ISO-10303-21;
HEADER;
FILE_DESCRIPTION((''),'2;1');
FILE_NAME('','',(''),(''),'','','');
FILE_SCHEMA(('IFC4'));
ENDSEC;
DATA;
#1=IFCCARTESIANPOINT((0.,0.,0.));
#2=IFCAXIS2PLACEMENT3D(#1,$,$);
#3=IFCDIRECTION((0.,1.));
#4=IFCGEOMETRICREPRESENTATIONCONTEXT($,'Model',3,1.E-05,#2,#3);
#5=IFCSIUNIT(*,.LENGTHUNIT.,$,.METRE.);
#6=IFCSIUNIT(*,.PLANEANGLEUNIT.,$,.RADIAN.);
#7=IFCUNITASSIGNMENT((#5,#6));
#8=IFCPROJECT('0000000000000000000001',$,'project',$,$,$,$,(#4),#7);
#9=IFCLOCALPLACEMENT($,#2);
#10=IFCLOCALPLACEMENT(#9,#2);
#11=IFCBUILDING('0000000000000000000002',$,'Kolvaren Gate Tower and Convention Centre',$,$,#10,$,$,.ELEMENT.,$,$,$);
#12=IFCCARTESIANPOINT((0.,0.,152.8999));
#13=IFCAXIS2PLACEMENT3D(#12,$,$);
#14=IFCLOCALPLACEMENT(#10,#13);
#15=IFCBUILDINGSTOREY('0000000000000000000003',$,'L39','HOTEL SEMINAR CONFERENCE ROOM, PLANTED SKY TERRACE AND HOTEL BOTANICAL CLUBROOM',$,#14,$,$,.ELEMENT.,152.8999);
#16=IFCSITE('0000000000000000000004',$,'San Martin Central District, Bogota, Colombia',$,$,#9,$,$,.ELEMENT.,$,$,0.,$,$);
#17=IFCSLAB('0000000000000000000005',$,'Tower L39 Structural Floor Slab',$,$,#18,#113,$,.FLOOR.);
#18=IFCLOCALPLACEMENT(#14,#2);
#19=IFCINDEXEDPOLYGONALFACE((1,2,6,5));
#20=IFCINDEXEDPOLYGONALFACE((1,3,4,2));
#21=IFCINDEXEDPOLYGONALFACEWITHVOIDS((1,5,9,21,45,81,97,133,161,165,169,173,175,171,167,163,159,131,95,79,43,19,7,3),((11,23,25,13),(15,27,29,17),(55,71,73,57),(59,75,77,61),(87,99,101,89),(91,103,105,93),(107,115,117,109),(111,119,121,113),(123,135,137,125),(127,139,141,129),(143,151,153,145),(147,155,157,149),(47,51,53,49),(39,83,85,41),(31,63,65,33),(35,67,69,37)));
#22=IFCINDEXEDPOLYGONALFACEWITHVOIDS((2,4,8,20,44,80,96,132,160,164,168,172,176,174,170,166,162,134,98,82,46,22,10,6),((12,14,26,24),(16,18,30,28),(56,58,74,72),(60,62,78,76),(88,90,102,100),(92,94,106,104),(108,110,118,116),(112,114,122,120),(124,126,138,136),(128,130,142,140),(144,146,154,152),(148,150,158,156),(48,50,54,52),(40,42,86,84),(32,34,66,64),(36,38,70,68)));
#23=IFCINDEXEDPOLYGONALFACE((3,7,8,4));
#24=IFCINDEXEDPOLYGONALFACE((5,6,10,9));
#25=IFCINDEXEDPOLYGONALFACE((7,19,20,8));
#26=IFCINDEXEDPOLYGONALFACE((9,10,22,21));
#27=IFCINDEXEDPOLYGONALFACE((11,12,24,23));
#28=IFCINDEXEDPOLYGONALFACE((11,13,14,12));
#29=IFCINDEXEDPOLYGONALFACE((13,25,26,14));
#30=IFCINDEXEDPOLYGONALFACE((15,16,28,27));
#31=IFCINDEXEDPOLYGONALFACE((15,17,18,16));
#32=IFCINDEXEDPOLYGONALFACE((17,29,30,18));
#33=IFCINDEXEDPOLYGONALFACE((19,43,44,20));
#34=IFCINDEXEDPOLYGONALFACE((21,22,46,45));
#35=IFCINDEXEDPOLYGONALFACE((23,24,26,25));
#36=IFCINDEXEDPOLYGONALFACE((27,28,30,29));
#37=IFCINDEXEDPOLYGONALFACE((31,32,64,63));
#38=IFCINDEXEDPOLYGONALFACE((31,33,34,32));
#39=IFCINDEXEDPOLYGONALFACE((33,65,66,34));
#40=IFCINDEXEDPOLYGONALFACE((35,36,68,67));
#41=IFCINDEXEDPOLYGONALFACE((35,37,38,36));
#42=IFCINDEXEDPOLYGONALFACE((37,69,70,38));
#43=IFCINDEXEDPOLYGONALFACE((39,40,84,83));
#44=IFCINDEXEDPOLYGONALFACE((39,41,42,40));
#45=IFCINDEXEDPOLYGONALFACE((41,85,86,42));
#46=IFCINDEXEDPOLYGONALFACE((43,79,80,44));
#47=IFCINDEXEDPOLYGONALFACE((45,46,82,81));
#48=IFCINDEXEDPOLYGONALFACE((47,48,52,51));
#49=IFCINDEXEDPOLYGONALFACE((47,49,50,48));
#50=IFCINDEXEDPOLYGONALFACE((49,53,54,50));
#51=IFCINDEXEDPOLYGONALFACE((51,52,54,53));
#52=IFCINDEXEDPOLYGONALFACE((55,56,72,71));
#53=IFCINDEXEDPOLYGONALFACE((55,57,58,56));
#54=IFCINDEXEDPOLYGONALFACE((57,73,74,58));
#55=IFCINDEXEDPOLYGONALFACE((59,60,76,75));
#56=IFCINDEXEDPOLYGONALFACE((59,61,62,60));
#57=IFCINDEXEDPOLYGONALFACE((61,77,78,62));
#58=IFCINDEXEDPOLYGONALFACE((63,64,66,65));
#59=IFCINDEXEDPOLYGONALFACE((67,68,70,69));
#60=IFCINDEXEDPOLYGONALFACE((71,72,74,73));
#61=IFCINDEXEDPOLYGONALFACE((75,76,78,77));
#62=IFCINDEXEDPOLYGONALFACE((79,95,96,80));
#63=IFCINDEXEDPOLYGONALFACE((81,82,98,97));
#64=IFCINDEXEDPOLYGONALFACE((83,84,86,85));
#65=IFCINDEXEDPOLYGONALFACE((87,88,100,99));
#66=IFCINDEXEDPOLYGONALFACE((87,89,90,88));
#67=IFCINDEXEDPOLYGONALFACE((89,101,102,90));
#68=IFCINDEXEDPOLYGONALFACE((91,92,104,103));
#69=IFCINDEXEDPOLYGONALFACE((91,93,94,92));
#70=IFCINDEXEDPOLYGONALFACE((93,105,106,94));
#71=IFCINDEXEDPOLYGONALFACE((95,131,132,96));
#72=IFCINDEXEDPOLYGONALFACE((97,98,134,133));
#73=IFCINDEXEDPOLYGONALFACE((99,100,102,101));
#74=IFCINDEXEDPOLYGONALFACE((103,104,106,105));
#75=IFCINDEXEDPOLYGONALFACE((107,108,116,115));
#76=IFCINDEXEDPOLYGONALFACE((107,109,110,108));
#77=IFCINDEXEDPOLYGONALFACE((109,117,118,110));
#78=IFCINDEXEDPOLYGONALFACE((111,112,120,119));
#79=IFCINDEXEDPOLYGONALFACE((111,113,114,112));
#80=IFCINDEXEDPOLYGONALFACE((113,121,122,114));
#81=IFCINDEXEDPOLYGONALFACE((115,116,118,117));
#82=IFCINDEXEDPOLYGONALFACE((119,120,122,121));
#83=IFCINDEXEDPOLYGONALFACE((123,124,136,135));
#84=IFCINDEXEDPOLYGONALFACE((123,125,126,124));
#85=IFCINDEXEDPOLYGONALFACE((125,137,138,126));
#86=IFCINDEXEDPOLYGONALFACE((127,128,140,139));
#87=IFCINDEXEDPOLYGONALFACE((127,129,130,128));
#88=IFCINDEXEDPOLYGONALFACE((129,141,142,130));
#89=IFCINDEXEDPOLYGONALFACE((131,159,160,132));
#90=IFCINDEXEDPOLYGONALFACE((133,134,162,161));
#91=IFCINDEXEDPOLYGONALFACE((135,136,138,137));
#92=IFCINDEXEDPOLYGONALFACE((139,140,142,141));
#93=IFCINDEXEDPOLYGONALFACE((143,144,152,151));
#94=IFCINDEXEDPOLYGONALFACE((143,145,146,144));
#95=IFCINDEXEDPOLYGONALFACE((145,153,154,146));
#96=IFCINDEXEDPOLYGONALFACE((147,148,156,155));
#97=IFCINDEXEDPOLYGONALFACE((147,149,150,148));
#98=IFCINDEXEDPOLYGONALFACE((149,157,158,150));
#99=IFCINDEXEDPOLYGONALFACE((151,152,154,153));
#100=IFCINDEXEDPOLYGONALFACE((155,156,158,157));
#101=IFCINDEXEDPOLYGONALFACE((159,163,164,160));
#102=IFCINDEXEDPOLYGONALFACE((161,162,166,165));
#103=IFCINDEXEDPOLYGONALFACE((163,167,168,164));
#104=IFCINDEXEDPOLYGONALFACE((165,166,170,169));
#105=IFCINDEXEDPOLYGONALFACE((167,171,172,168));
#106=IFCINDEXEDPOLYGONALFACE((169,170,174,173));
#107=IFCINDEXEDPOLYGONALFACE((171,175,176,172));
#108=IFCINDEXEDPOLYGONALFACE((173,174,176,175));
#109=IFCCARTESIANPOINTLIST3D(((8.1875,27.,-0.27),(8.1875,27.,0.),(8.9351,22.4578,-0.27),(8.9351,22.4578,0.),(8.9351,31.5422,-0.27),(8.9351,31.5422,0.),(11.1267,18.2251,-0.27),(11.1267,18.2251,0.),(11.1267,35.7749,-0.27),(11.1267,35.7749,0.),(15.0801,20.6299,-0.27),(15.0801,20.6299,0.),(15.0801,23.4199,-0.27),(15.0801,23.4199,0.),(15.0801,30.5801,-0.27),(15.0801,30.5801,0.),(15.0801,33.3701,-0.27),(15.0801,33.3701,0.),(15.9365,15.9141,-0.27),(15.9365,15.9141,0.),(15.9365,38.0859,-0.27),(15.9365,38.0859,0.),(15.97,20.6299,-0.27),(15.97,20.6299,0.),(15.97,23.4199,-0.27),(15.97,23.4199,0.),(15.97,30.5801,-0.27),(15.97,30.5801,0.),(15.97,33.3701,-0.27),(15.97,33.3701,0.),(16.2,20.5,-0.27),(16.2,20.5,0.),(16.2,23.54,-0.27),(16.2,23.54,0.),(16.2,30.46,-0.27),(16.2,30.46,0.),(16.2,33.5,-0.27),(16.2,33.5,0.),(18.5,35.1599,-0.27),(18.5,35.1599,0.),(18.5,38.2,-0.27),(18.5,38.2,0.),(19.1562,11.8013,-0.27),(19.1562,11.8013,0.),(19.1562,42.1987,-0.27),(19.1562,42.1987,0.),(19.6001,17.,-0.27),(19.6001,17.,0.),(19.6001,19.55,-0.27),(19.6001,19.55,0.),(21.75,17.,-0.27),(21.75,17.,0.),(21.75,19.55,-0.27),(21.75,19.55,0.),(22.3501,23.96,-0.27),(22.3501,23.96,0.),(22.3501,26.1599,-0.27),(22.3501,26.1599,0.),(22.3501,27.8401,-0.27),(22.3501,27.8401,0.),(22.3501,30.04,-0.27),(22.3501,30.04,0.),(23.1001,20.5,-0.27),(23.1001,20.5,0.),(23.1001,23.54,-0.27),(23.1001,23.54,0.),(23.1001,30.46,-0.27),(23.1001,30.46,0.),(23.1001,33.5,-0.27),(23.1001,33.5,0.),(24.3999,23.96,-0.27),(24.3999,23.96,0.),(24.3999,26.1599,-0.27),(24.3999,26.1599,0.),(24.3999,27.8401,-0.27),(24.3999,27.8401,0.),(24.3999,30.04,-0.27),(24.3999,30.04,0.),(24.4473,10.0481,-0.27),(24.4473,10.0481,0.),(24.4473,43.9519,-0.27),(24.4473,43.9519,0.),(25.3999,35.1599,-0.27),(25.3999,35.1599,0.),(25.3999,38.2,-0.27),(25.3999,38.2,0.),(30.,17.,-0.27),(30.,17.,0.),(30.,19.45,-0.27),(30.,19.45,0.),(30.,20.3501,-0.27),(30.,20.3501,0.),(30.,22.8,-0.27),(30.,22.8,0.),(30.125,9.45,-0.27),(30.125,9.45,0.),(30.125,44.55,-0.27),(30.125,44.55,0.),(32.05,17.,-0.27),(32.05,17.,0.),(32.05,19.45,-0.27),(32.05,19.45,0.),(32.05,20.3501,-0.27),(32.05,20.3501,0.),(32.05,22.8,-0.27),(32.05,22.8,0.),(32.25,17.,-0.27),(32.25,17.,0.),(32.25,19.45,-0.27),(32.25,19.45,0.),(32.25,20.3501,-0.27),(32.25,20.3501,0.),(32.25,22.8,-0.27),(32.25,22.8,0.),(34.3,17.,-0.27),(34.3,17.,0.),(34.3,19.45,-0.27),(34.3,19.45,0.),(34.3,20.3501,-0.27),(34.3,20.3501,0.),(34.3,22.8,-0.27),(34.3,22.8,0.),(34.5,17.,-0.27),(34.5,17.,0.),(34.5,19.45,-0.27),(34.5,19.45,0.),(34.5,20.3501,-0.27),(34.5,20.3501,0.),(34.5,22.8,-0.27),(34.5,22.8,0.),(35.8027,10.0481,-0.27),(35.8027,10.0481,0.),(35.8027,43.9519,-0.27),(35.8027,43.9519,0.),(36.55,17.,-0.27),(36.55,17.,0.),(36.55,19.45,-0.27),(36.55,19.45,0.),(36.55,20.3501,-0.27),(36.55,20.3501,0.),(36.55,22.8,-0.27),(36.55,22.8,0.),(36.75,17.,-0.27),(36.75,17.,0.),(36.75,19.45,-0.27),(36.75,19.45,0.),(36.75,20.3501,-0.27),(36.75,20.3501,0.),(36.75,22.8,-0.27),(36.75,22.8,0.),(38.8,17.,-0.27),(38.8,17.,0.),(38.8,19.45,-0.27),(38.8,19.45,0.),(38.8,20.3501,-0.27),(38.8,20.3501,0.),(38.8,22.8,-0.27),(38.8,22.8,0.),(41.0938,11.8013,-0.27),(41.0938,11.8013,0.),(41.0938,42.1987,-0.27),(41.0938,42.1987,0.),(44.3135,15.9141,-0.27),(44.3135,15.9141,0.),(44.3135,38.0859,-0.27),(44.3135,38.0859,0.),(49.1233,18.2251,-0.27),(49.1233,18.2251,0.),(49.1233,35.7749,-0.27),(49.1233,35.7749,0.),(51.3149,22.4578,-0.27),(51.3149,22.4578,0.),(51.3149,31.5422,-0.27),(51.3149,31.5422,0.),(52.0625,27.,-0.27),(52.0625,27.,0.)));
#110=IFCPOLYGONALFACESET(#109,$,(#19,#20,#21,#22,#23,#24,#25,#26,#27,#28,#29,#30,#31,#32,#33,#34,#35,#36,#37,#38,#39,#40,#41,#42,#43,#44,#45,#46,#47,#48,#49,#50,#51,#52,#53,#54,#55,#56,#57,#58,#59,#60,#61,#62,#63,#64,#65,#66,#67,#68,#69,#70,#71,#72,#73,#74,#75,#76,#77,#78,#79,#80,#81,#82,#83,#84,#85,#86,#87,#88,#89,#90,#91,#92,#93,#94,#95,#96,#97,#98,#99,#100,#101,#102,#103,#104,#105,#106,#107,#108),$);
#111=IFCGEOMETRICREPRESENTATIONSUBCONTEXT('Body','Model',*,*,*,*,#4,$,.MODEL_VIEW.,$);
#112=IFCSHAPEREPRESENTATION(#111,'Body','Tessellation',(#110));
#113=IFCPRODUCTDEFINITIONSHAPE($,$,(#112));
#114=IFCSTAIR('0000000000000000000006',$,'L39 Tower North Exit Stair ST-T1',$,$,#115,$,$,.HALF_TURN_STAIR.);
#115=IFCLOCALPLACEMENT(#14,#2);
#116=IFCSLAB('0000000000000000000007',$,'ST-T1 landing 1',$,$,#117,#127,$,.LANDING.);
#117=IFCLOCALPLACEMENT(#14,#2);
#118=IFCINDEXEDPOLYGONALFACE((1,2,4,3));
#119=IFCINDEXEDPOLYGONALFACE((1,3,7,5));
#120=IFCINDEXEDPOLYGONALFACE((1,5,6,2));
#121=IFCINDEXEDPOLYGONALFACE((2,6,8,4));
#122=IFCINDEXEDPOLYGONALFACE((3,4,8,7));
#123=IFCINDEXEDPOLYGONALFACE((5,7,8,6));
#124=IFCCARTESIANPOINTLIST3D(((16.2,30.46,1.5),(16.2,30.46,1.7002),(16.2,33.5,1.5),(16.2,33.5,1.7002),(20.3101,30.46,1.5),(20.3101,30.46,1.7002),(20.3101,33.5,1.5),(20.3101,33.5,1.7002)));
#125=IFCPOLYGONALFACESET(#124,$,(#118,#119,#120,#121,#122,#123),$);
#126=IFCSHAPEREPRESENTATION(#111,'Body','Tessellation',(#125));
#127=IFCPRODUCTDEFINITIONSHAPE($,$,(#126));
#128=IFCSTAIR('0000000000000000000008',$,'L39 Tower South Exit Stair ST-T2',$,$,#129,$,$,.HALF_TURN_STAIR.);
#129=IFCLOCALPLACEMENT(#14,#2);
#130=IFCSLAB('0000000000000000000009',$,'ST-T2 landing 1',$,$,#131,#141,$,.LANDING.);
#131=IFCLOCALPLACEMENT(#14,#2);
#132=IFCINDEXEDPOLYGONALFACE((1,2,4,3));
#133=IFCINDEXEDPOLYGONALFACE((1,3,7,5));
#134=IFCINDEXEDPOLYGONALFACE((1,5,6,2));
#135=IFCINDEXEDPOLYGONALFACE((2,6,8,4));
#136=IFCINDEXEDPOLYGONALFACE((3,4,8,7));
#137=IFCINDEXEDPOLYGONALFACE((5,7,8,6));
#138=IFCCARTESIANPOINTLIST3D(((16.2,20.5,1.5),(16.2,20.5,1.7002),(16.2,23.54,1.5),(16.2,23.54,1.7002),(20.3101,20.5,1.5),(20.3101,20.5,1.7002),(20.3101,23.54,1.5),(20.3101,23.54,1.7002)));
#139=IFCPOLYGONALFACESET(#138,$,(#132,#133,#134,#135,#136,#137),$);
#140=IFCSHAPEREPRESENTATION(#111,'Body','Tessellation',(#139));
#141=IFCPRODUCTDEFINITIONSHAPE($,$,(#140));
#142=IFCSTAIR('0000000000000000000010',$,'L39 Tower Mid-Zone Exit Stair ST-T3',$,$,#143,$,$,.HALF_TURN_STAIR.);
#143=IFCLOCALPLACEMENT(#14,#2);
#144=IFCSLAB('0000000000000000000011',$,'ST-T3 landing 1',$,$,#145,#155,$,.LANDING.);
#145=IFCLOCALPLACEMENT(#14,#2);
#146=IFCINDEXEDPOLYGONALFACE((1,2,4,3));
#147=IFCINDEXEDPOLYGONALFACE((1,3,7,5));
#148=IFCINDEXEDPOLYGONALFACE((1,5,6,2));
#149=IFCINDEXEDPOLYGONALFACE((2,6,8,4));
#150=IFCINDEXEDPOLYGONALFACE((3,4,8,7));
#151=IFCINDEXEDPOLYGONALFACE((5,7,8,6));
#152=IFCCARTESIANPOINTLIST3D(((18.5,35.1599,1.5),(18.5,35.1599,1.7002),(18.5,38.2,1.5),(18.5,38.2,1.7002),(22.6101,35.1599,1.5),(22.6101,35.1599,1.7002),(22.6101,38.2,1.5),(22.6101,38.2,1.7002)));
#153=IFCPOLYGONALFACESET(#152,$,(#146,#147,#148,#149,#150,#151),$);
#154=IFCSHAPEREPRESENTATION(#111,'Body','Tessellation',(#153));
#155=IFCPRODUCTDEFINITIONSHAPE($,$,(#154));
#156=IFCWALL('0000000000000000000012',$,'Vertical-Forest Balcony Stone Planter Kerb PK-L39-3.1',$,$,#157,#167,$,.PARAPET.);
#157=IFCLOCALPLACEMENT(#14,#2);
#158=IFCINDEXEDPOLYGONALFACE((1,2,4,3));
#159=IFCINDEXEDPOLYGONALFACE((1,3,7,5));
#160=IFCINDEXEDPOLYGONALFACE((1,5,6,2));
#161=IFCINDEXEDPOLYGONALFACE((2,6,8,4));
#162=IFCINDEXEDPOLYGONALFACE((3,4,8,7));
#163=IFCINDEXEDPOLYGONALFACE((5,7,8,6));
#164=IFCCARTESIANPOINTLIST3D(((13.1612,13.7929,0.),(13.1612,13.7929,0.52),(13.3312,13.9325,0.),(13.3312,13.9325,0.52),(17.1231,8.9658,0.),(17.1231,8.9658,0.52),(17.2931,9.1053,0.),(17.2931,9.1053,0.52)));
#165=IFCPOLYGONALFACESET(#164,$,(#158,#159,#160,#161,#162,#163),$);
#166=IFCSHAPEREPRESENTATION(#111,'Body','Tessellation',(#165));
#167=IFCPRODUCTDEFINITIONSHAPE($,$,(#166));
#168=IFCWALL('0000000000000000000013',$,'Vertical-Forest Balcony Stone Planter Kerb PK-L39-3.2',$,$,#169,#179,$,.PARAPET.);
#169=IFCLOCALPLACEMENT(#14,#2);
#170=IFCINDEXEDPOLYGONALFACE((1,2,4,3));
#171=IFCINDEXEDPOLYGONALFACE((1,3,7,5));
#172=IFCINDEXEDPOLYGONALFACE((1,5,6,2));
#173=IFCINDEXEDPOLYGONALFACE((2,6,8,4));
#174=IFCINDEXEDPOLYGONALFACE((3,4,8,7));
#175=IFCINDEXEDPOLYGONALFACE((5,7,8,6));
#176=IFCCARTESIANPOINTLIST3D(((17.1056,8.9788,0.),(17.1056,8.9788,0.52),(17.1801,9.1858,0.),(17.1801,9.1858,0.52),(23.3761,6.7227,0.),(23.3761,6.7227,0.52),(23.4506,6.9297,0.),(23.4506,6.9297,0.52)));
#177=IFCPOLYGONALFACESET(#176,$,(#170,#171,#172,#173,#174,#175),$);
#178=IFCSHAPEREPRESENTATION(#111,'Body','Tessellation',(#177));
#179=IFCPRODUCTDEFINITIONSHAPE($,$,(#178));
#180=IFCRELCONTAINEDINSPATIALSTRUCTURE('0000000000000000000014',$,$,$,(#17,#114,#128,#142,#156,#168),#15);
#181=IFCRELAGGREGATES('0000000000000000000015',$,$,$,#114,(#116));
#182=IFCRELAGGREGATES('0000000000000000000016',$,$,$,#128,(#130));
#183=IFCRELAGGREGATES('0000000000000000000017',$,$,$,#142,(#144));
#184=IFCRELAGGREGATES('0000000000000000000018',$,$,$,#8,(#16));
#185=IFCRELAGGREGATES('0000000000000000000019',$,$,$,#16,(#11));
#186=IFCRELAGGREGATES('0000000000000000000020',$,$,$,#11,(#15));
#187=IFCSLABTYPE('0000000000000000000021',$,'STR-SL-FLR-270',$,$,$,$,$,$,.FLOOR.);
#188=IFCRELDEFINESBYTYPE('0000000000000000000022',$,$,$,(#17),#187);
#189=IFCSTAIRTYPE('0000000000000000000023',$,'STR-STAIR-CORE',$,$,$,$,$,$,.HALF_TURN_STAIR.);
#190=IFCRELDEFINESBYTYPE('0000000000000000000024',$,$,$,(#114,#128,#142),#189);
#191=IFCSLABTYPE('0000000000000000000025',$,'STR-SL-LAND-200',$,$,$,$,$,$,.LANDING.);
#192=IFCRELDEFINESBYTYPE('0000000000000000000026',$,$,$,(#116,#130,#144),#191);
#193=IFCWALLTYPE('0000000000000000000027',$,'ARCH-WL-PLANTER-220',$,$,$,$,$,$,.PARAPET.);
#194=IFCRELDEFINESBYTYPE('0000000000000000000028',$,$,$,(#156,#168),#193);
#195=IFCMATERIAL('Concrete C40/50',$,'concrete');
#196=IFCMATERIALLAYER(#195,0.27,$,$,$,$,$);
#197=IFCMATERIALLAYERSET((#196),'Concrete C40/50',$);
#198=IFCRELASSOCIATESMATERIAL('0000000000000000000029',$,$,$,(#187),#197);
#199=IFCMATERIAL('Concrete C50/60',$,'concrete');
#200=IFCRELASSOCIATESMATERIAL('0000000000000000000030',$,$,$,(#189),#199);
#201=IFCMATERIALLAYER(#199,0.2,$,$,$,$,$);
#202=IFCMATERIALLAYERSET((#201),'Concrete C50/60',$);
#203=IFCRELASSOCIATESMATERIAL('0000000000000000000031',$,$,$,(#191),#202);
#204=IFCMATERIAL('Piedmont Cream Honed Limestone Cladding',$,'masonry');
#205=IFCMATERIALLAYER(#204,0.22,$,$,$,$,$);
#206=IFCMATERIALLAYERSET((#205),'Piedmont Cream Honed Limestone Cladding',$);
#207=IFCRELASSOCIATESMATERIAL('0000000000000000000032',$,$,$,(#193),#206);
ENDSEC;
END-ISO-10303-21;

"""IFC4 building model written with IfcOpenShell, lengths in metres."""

from ifc_helpers import new_model, si_unit, direction, frame, frame_2d, origin, place, context, subcontext, project, spatial, polyline, rectangle, outline, extrude, material, layer, layer_set, type_object, element, aggregate, save


model = new_model("IFC4")

# Units and contexts
model_context = context("Model", 3, precision=1e-05, world=origin(), true_north=direction((0.0, 1.0)))
body_context = subcontext(model_context, "Body", "Model", "MODEL_VIEW")
ifc_project = project(units=[si_unit("LENGTHUNIT", "METRE"), si_unit("PLANEANGLEUNIT", "RADIAN")], contexts=[model_context])

# Site, building, storey
site_placement = place(None, origin())
site = spatial("IfcSite", under=ifc_project, at=site_placement, Name="San Martin Central District, Bogota, Colombia", CompositionType="ELEMENT", RefElevation=0.0)
building_placement = place(site_placement, origin())
building = spatial("IfcBuilding", under=site, at=building_placement, Name="Kolvaren Gate Tower and Convention Centre", CompositionType="ELEMENT")
storey_placement = place(building_placement, frame((0.0, 0.0, 152.8999)))
storey = spatial("IfcBuildingStorey", under=building, at=storey_placement, Name="L39", Description="HOTEL SEMINAR CONFERENCE ROOM, PLANTED SKY TERRACE AND HOTEL BOTANICAL CLUBROOM", CompositionType="ELEMENT", Elevation=152.8999)

# Slab
ifc_material_1 = material(Name="Concrete C50/60", Category="concrete")
ifc_material_2 = material(Name="Concrete C40/50", Category="concrete")
ifc_layer_1 = layer(ifc_material_2, 0.27)
ifc_layer_set_1 = layer_set([ifc_layer_1], Name="Concrete C40/50")
slab_type_1 = type_object("IfcSlabType", Name="STR-SL-FLR-270", PredefinedType="FLOOR", material=ifc_layer_set_1)
slab_1_placement = place(storey_placement, frame((0.0, 0.0, -0.27)))
element("IfcSlab", 1, at=slab_1_placement, inside=storey, type_object=slab_type_1, Name="Tower L39 Structural Floor Slab", PredefinedType="FLOOR", context=body_context, shape_type="SweptSolid", body=[
    extrude(outline(polyline([(52.0625, 27.0), (51.3149, 31.5422), (49.1233, 35.7749), (44.3135, 38.0859), (41.0938, 42.1987), (35.8027, 43.9519), (30.125, 44.55), (24.4473, 43.9519), (19.1562, 42.1987), (15.9365, 38.0859), (11.1267, 35.7749), (8.9351, 31.5422), (8.1875, 27.0), (8.9351, 22.4578), (11.1267, 18.2251), (15.9365, 15.9141), (19.1562, 11.8013), (24.4473, 10.0481), (30.125, 9.45), (35.8027, 10.0481), (41.0938, 11.8013), (44.3135, 15.9141), (49.1233, 18.2251), (51.3149, 22.4578), (52.0625, 27.0)]), holes=[polyline([(36.75, 17.0), (36.75, 19.45), (38.8, 19.45), (38.8, 17.0), (36.75, 17.0)]), polyline([(36.75, 20.3501), (36.75, 22.8), (38.8, 22.8), (38.8, 20.3501), (36.75, 20.3501)]), polyline([(34.5, 17.0), (34.5, 19.45), (36.55, 19.45), (36.55, 17.0), (34.5, 17.0)]), polyline([(34.5, 20.3501), (34.5, 22.8), (36.55, 22.8), (36.55, 20.3501), (34.5, 20.3501)]), polyline([(32.25, 17.0), (32.25, 19.45), (34.3, 19.45), (34.3, 17.0), (32.25, 17.0)]), polyline([(32.25, 20.3501), (32.25, 22.8), (34.3, 22.8), (34.3, 20.3501), (32.25, 20.3501)]), polyline([(30.0, 17.0), (30.0, 19.45), (32.05, 19.45), (32.05, 17.0), (30.0, 17.0)]), polyline([(30.0, 20.3501), (30.0, 22.8), (32.05, 22.8), (32.05, 20.3501), (30.0, 20.3501)]), polyline([(25.3999, 38.2), (25.3999, 35.1599), (18.5, 35.1599), (18.5, 38.2), (25.3999, 38.2)]), polyline([(22.3501, 23.96), (22.3501, 26.1599), (24.3999, 26.1599), (24.3999, 23.96), (22.3501, 23.96)]), polyline([(22.3501, 27.8401), (22.3501, 30.04), (24.3999, 30.04), (24.3999, 27.8401), (22.3501, 27.8401)]), polyline([(23.1001, 23.54), (23.1001, 20.5), (16.2, 20.5), (16.2, 23.54), (23.1001, 23.54)]), polyline([(23.1001, 33.5), (23.1001, 30.46), (16.2, 30.46), (16.2, 33.5), (23.1001, 33.5)]), polyline([(19.6001, 17.0), (19.6001, 19.55), (21.75, 19.55), (21.75, 17.0), (19.6001, 17.0)]), polyline([(15.0801, 20.6299), (15.0801, 23.4199), (15.97, 23.4199), (15.97, 20.6299), (15.0801, 20.6299)]), polyline([(15.0801, 30.5801), (15.0801, 33.3701), (15.97, 33.3701), (15.97, 30.5801), (15.0801, 30.5801)])]), origin(), (0.0, 0.0, 1.0), 0.27),
])

# Stairs, slabs
stair_type = type_object("IfcStairType", Name="STR-STAIR-CORE", PredefinedType="HALF_TURN_STAIR", material=ifc_material_1)
stair_1_placement = place(storey_placement, origin())
stair_1 = element("IfcStair", 2, at=stair_1_placement, inside=storey, type_object=stair_type, Name="L39 Tower North Exit Stair ST-T1", PredefinedType="HALF_TURN_STAIR")
ifc_layer_2 = layer(ifc_material_1, 0.2)
ifc_layer_set_2 = layer_set([ifc_layer_2], Name="Concrete C50/60")
slab_type_2 = type_object("IfcSlabType", Name="STR-SL-LAND-200", PredefinedType="LANDING", material=ifc_layer_set_2)
slab_2_placement = place(storey_placement, frame((0.0, 0.0, 1.5)))
slab_2 = element("IfcSlab", 3, at=slab_2_placement, type_object=slab_type_2, Name="ST-T1 landing 1", PredefinedType="LANDING", context=body_context, shape_type="SweptSolid", body=[
    extrude(outline(polyline([(20.3101, 33.5), (16.2, 33.5), (16.2, 30.46), (20.3101, 30.46), (20.3101, 33.5)])), origin(), (0.0, 0.0, 1.0), 0.2002),
])
aggregate(stair_1, [slab_2])
stair_2_placement = place(storey_placement, origin())
stair_2 = element("IfcStair", 4, at=stair_2_placement, inside=storey, type_object=stair_type, Name="L39 Tower South Exit Stair ST-T2", PredefinedType="HALF_TURN_STAIR")
slab_3_placement = place(storey_placement, frame((0.0, 0.0, 1.5)))
slab_3 = element("IfcSlab", 5, at=slab_3_placement, type_object=slab_type_2, Name="ST-T2 landing 1", PredefinedType="LANDING", context=body_context, shape_type="SweptSolid", body=[
    extrude(outline(polyline([(20.3101, 23.54), (16.2, 23.54), (16.2, 20.5), (20.3101, 20.5), (20.3101, 23.54)])), origin(), (0.0, 0.0, 1.0), 0.2002),
])
aggregate(stair_2, [slab_3])
stair_3_placement = place(storey_placement, origin())
stair_3 = element("IfcStair", 6, at=stair_3_placement, inside=storey, type_object=stair_type, Name="L39 Tower Mid-Zone Exit Stair ST-T3", PredefinedType="HALF_TURN_STAIR")
slab_4_placement = place(storey_placement, frame((0.0, 0.0, 1.5)))
slab_4 = element("IfcSlab", 7, at=slab_4_placement, type_object=slab_type_2, Name="ST-T3 landing 1", PredefinedType="LANDING", context=body_context, shape_type="SweptSolid", body=[
    extrude(outline(polyline([(22.6101, 38.2), (18.5, 38.2), (18.5, 35.1599), (22.6101, 35.1599), (22.6101, 38.2)])), origin(), (0.0, 0.0, 1.0), 0.2002),
])
aggregate(stair_3, [slab_4])

# Walls
ifc_material_3 = material(Name="Piedmont Cream Honed Limestone Cladding", Category="masonry")
ifc_layer_3 = layer(ifc_material_3, 0.22)
ifc_layer_set_3 = layer_set([ifc_layer_3], Name="Piedmont Cream Honed Limestone Cladding")
wall_type_1 = type_object("IfcWallType", Name="ARCH-WL-PLANTER-220", PredefinedType="PARAPET", material=ifc_layer_set_3)
wall_1_placement = place(storey_placement, frame((13.2461, 13.8628, 0.0), z_axis=(0.0, 0.0, 1.0), x_axis=(0.634429, -0.772981, 0.0)))
element("IfcWall", 8, at=wall_1_placement, inside=storey, type_object=wall_type_1, Name="Vertical-Forest Balcony Stone Planter Kerb PK-L39-3.1", PredefinedType="PARAPET", context=body_context, shape_type="SweptSolid", body=[
    extrude(rectangle(XDim=6.2449, YDim=0.22, at=frame_2d((3.1226, 0.0))), origin(), (0.0, 0.0, 1.0), 0.52),
])
wall_2_placement = place(storey_placement, frame((17.1428, 9.0823, 0.0), z_axis=(0.0, 0.0, 1.0), x_axis=(0.940949, -0.33855, 0.0)))
element("IfcWall", 9, at=wall_2_placement, inside=storey, type_object=wall_type_1, Name="Vertical-Forest Balcony Stone Planter Kerb PK-L39-3.2", PredefinedType="PARAPET", context=body_context, shape_type="SweptSolid", body=[
    extrude(rectangle(XDim=6.6641, YDim=0.22, at=frame_2d((3.332, 0.0))), origin(), (0.0, 0.0, 1.0), 0.52),
])

save(model, "model.ifc")
